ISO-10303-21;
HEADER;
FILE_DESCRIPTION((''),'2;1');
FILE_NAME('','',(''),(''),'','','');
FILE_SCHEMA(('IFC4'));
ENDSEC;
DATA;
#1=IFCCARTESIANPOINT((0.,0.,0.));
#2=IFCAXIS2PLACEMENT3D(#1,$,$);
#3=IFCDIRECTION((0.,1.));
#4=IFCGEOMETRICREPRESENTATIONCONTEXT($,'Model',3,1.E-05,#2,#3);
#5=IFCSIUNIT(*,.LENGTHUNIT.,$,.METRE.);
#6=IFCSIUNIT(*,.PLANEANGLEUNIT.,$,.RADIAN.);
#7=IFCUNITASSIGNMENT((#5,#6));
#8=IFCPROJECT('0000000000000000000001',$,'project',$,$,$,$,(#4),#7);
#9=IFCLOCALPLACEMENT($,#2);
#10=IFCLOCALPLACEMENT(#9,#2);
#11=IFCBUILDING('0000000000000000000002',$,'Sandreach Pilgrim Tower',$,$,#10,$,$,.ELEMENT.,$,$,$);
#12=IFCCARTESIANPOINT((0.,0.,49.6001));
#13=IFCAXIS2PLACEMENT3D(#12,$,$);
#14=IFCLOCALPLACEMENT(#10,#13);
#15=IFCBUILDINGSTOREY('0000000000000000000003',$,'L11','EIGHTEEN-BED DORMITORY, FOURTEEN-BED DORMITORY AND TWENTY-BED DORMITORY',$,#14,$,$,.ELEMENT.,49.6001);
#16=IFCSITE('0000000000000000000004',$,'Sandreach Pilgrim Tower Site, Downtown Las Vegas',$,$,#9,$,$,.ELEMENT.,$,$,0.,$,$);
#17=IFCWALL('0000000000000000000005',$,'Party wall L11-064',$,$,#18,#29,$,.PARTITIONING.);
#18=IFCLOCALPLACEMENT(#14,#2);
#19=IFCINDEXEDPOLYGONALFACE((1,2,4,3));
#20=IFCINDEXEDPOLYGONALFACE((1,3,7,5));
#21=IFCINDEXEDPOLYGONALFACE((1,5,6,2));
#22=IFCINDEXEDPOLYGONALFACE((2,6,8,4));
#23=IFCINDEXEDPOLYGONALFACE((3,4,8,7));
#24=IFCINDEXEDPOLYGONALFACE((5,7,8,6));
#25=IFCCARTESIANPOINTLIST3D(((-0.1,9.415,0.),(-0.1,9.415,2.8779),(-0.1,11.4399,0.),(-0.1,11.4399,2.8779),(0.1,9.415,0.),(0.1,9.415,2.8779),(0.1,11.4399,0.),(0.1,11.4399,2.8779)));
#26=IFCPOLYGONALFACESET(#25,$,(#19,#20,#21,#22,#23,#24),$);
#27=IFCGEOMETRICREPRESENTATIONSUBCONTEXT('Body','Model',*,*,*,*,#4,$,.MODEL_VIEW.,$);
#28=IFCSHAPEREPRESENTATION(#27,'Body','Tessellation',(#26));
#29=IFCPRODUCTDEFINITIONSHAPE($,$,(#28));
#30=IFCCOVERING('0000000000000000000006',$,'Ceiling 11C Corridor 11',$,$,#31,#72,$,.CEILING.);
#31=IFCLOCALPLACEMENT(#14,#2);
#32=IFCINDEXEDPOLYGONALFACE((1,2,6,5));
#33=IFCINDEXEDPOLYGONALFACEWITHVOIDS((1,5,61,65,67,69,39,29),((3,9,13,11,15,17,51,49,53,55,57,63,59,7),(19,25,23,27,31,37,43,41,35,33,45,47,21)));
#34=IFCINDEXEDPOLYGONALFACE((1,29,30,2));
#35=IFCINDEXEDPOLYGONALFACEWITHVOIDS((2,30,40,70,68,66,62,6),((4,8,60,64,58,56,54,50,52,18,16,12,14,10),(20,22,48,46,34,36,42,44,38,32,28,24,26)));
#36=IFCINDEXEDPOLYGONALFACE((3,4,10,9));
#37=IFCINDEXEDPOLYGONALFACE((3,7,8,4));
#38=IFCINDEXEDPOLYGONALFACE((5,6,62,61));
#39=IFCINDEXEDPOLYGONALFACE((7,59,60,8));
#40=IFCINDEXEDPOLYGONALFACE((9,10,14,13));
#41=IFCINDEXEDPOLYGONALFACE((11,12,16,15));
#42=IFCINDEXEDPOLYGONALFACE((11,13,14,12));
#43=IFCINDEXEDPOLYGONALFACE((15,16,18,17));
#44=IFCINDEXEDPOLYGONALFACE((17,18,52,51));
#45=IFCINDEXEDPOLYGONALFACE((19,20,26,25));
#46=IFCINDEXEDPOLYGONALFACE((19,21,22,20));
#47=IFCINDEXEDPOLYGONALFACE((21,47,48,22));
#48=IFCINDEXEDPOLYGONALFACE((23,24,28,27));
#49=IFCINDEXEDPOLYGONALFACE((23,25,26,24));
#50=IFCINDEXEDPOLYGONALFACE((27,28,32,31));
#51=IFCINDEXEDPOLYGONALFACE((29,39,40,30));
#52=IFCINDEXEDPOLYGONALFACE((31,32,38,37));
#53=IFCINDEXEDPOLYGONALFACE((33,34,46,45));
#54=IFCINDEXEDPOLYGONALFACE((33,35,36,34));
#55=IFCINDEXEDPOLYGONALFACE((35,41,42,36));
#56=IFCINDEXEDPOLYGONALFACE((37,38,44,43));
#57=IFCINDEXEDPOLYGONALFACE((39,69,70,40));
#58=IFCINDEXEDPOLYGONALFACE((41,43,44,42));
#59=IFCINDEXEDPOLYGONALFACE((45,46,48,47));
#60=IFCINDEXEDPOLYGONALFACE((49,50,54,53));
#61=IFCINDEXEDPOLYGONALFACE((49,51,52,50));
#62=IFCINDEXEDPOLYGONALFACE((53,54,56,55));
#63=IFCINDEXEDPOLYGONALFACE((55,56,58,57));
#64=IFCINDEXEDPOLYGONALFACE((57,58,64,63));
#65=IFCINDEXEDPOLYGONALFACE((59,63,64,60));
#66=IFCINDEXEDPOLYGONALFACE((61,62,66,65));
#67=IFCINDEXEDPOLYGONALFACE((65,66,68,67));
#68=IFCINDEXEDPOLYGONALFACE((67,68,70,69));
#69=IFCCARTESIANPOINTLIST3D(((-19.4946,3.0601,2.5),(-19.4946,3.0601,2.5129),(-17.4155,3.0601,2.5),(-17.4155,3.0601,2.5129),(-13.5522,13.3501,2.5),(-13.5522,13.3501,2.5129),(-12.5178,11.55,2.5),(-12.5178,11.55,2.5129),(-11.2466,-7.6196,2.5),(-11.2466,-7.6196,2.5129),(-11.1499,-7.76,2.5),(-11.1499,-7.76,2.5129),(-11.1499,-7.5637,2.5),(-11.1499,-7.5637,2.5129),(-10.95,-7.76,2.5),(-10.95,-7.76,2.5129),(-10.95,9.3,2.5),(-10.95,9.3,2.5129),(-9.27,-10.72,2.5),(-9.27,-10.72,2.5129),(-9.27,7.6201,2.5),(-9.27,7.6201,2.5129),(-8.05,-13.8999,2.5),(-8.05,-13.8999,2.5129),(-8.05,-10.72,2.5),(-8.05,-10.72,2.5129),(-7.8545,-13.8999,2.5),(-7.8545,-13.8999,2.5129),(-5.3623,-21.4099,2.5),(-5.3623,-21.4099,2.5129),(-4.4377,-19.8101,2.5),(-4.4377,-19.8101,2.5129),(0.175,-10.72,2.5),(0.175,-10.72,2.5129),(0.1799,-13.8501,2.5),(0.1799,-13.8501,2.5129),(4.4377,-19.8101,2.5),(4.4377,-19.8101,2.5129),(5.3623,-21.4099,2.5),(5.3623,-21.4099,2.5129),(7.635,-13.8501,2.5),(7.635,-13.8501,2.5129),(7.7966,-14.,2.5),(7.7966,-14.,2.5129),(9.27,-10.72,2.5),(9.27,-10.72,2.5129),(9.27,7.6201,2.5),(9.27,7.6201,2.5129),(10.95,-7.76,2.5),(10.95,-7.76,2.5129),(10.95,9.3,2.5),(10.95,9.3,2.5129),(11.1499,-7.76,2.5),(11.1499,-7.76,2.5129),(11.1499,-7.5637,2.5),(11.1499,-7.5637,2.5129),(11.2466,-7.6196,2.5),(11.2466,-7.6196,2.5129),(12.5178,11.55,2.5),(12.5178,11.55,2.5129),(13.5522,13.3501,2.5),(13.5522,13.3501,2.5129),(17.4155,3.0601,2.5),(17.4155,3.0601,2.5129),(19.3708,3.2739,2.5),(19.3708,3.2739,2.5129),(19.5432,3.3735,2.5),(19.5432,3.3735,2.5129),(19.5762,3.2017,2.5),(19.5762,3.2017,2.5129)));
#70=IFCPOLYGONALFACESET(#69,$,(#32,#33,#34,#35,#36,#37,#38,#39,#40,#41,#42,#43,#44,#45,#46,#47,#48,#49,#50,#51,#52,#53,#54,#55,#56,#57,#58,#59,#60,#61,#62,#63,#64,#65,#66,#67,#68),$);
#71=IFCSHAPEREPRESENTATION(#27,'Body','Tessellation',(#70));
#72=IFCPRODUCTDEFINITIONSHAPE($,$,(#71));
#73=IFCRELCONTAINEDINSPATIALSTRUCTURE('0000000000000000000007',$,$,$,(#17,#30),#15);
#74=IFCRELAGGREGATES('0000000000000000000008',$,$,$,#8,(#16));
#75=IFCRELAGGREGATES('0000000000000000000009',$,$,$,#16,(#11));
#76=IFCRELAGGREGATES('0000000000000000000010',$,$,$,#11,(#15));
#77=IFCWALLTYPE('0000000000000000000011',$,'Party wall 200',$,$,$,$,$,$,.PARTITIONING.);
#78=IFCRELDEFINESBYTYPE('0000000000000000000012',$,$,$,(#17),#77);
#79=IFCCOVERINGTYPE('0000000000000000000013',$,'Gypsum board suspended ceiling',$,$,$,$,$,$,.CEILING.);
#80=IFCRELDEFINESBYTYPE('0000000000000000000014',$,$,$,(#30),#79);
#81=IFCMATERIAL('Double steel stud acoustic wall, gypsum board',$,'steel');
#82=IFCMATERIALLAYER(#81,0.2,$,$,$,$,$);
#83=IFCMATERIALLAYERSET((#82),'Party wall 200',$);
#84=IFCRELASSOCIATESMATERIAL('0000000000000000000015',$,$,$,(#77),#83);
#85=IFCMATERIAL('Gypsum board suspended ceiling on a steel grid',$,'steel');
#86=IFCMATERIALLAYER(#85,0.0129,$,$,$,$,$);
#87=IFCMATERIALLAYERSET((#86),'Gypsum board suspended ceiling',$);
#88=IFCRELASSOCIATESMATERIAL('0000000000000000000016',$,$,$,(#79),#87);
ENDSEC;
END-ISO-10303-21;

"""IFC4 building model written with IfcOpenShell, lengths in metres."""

from ifc_helpers import new_model, si_unit, direction, frame, frame_2d, origin, place, context, subcontext, project, spatial, polyline, rectangle, outline, extrude, material, layer, layer_set, type_object, element, save


model = new_model("IFC4")

# Units and contexts
model_context = context("Model", 3, precision=1e-05, world=origin(), true_north=direction((0.0, 1.0)))
body_context = subcontext(model_context, "Body", "Model", "MODEL_VIEW")
ifc_project = project(units=[si_unit("LENGTHUNIT", "METRE"), si_unit("PLANEANGLEUNIT", "RADIAN")], contexts=[model_context])

# Site, building, storey
site_placement = place(None, origin())
site = spatial("IfcSite", under=ifc_project, at=site_placement, Name="Sandreach Pilgrim Tower Site, Downtown Las Vegas", CompositionType="ELEMENT", RefElevation=0.0)
building_placement = place(site_placement, origin())
building = spatial("IfcBuilding", under=site, at=building_placement, Name="Sandreach Pilgrim Tower", CompositionType="ELEMENT")
storey_placement = place(building_placement, frame((0.0, 0.0, 49.6001)))
storey = spatial("IfcBuildingStorey", under=building, at=storey_placement, Name="L11", Description="EIGHTEEN-BED DORMITORY, FOURTEEN-BED DORMITORY AND TWENTY-BED DORMITORY", CompositionType="ELEMENT", Elevation=49.6001)

# Wall
ifc_material_1 = material(Name="Double steel stud acoustic wall, gypsum board", Category="steel")
ifc_layer_1 = layer(ifc_material_1, 0.2)
ifc_layer_set_1 = layer_set([ifc_layer_1], Name="Party wall 200")
wall_type_1 = type_object("IfcWallType", Name="Party wall 200", PredefinedType="PARTITIONING", material=ifc_layer_set_1)
wall_1_placement = place(storey_placement, frame((0.0, 11.4399, 0.0), z_axis=(0.0, 0.0, 1.0), x_axis=(0.0, -1.0, 0.0)))
element("IfcWall", 1, at=wall_1_placement, inside=storey, type_object=wall_type_1, Name="Party wall L11-064", PredefinedType="PARTITIONING", context=body_context, shape_type="SweptSolid", body=[
    extrude(rectangle(XDim=2.0249, YDim=0.2, at=frame_2d((1.0125, 0.0))), origin(), (0.0, 0.0, 1.0), 2.8779),
])

# Covering
ifc_material_2 = material(Name="Gypsum board suspended ceiling on a steel grid", Category="steel")
ifc_layer_2 = layer(ifc_material_2, 0.0129)
ifc_layer_set_2 = layer_set([ifc_layer_2], Name="Gypsum board suspended ceiling")
covering_type = type_object("IfcCoveringType", Name="Gypsum board suspended ceiling", PredefinedType="CEILING", material=ifc_layer_set_2)
covering_placement = place(storey_placement, frame((0.0, 0.0, 2.5)))
element("IfcCovering", 2, at=covering_placement, inside=storey, type_object=covering_type, Name="Ceiling 11C Corridor 11", PredefinedType="CEILING", context=body_context, shape_type="SweptSolid", body=[
    extrude(outline(polyline([(-19.4946, 3.0601), (-13.5522, 13.3501), (13.5522, 13.3501), (19.3708, 3.2739), (19.5432, 3.3735), (19.5762, 3.2017), (5.3623, -21.4099), (-5.3623, -21.4099), (-19.4946, 3.0601)]), holes=[polyline([(-17.4155, 3.0601), (-11.2466, -7.6196), (-11.1499, -7.5637), (-11.1499, -7.76), (-10.95, -7.76), (-10.95, 9.3), (10.95, 9.3), (10.95, -7.76), (11.1499, -7.76), (11.1499, -7.5637), (11.2466, -7.6196), (17.4155, 3.0601), (12.5178, 11.55), (-12.5178, 11.55), (-17.4155, 3.0601)]), polyline([(-8.05, -10.72), (-8.05, -13.8999), (-7.8545, -13.8999), (-4.4377, -19.8101), (4.4377, -19.8101), (7.7966, -14.0), (7.635, -13.8501), (0.1799, -13.8501), (0.175, -10.72), (9.27, -10.72), (9.27, 7.6201), (-9.27, 7.6201), (-9.27, -10.72), (-8.05, -10.72)])]), origin(), (0.0, 0.0, 1.0), 0.0129),
])

save(model, "model.ifc")
